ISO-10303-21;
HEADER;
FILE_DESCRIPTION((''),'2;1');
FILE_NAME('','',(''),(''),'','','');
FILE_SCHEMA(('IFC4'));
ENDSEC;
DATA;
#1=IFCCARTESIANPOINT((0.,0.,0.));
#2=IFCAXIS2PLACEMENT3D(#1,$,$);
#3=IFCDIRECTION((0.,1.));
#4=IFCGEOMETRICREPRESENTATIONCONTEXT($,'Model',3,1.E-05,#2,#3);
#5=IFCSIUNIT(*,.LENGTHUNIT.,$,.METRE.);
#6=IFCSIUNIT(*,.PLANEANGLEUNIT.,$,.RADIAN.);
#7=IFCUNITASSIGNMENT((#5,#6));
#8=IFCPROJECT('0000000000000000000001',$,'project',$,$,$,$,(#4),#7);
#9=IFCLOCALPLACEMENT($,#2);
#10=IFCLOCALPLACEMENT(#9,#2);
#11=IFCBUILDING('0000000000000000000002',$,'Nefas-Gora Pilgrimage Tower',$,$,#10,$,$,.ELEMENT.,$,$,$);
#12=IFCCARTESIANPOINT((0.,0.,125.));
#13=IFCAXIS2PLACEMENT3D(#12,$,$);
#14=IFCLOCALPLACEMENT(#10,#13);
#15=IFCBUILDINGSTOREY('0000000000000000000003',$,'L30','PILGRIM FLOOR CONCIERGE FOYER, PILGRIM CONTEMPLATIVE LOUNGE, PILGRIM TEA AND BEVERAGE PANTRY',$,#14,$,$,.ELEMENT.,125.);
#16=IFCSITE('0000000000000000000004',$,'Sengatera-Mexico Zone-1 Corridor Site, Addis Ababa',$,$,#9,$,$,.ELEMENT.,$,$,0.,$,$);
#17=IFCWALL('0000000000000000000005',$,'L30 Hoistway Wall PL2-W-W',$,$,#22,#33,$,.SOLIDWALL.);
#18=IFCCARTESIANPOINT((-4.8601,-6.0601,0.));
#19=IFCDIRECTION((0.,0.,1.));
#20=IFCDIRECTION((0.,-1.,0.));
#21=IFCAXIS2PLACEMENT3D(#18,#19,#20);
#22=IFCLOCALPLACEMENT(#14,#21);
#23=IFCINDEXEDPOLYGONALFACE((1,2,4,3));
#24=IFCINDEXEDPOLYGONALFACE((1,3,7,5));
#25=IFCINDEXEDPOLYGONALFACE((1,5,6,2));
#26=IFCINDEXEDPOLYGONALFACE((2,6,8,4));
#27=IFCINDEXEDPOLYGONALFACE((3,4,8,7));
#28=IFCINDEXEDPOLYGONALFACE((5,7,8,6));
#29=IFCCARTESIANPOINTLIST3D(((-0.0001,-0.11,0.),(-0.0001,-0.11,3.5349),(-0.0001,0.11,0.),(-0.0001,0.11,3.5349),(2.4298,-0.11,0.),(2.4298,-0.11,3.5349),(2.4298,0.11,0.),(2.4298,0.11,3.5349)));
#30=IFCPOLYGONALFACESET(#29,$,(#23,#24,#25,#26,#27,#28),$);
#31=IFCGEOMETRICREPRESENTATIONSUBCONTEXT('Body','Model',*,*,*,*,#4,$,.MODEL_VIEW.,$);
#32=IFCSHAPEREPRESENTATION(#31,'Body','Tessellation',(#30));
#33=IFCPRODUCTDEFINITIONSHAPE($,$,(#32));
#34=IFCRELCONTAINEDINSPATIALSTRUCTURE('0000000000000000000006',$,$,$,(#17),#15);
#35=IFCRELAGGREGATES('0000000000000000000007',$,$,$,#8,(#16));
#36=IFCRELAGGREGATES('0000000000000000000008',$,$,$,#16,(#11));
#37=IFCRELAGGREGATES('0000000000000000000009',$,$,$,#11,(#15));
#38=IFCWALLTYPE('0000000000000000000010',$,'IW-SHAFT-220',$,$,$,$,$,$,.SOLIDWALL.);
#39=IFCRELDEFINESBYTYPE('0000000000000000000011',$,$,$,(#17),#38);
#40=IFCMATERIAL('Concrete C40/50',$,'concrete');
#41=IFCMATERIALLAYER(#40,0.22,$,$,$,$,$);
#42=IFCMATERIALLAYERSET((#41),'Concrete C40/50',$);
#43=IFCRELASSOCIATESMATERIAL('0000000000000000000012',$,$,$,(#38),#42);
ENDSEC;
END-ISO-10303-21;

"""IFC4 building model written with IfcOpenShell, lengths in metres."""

from ifc_helpers import new_model, si_unit, direction, frame, frame_2d, origin, place, context, subcontext, project, spatial, rectangle, extrude, source, transform, mapped, material, layer, layer_set, type_object, element, save


model = new_model("IFC4")

# Units and contexts
model_context = context("Model", 3, precision=1e-05, world=origin(), true_north=direction((0.0, 1.0)))
body_context = subcontext(model_context, "Body", "Model", "MODEL_VIEW")
ifc_project = project(units=[si_unit("LENGTHUNIT", "METRE"), si_unit("PLANEANGLEUNIT", "RADIAN")], contexts=[model_context])

# Site, building, storey
site_placement = place(None, origin())
site = spatial("IfcSite", under=ifc_project, at=site_placement, Name="Sengatera-Mexico Zone-1 Corridor Site, Addis Ababa", CompositionType="ELEMENT", RefElevation=0.0)
building_placement = place(site_placement, origin())
building = spatial("IfcBuilding", under=site, at=building_placement, Name="Nefas-Gora Pilgrimage Tower", CompositionType="ELEMENT")
storey_placement = place(building_placement, frame((0.0, 0.0, 125.0)))
storey = spatial("IfcBuildingStorey", under=building, at=storey_placement, Name="L30", Description="PILGRIM FLOOR CONCIERGE FOYER, PILGRIM CONTEMPLATIVE LOUNGE, PILGRIM TEA AND BEVERAGE PANTRY", CompositionType="ELEMENT", Elevation=125.0)

# Wall
ifc_material_1 = material(Name="Concrete C40/50", Category="concrete")
ifc_layer_1 = layer(ifc_material_1, 0.22)
ifc_layer_set_1 = layer_set([ifc_layer_1], Name="Concrete C40/50")
wall_type_1 = type_object("IfcWallType", Name="IW-SHAFT-220", PredefinedType="SOLIDWALL", material=ifc_layer_set_1)
shared_shape_1 = source(origin(), body_context, "Body", "SweptSolid", [
    extrude(rectangle(XDim=2.4299, YDim=0.22, at=frame_2d((1.2148, 0.0))), origin(), (0.0, 0.0, 1.0), 3.5349),
])
for number, where, z_axis, x_axis, name in (
    (1, (-4.8601, -6.0601, 0.0), (0.0, 0.0, 1.0), (0.0, -1.0, 0.0), "L30 Hoistway Wall PL2-W-W"),
):
    element("IfcWall", number, at=place(storey_placement, frame(where, z_axis=z_axis, x_axis=x_axis)), inside=storey, type_object=wall_type_1, Name=name, PredefinedType="SOLIDWALL", context=body_context, shape_type="MappedRepresentation", body=[
        mapped(shared_shape_1, transform((0.0, 0.0, 0.0), x_axis=(1.0, 0.0, 0.0), y_axis=(0.0, 1.0, 0.0), z_axis=(0.0, 0.0, 1.0), scale=1.0)),
    ])

save(model, "model.ifc")
